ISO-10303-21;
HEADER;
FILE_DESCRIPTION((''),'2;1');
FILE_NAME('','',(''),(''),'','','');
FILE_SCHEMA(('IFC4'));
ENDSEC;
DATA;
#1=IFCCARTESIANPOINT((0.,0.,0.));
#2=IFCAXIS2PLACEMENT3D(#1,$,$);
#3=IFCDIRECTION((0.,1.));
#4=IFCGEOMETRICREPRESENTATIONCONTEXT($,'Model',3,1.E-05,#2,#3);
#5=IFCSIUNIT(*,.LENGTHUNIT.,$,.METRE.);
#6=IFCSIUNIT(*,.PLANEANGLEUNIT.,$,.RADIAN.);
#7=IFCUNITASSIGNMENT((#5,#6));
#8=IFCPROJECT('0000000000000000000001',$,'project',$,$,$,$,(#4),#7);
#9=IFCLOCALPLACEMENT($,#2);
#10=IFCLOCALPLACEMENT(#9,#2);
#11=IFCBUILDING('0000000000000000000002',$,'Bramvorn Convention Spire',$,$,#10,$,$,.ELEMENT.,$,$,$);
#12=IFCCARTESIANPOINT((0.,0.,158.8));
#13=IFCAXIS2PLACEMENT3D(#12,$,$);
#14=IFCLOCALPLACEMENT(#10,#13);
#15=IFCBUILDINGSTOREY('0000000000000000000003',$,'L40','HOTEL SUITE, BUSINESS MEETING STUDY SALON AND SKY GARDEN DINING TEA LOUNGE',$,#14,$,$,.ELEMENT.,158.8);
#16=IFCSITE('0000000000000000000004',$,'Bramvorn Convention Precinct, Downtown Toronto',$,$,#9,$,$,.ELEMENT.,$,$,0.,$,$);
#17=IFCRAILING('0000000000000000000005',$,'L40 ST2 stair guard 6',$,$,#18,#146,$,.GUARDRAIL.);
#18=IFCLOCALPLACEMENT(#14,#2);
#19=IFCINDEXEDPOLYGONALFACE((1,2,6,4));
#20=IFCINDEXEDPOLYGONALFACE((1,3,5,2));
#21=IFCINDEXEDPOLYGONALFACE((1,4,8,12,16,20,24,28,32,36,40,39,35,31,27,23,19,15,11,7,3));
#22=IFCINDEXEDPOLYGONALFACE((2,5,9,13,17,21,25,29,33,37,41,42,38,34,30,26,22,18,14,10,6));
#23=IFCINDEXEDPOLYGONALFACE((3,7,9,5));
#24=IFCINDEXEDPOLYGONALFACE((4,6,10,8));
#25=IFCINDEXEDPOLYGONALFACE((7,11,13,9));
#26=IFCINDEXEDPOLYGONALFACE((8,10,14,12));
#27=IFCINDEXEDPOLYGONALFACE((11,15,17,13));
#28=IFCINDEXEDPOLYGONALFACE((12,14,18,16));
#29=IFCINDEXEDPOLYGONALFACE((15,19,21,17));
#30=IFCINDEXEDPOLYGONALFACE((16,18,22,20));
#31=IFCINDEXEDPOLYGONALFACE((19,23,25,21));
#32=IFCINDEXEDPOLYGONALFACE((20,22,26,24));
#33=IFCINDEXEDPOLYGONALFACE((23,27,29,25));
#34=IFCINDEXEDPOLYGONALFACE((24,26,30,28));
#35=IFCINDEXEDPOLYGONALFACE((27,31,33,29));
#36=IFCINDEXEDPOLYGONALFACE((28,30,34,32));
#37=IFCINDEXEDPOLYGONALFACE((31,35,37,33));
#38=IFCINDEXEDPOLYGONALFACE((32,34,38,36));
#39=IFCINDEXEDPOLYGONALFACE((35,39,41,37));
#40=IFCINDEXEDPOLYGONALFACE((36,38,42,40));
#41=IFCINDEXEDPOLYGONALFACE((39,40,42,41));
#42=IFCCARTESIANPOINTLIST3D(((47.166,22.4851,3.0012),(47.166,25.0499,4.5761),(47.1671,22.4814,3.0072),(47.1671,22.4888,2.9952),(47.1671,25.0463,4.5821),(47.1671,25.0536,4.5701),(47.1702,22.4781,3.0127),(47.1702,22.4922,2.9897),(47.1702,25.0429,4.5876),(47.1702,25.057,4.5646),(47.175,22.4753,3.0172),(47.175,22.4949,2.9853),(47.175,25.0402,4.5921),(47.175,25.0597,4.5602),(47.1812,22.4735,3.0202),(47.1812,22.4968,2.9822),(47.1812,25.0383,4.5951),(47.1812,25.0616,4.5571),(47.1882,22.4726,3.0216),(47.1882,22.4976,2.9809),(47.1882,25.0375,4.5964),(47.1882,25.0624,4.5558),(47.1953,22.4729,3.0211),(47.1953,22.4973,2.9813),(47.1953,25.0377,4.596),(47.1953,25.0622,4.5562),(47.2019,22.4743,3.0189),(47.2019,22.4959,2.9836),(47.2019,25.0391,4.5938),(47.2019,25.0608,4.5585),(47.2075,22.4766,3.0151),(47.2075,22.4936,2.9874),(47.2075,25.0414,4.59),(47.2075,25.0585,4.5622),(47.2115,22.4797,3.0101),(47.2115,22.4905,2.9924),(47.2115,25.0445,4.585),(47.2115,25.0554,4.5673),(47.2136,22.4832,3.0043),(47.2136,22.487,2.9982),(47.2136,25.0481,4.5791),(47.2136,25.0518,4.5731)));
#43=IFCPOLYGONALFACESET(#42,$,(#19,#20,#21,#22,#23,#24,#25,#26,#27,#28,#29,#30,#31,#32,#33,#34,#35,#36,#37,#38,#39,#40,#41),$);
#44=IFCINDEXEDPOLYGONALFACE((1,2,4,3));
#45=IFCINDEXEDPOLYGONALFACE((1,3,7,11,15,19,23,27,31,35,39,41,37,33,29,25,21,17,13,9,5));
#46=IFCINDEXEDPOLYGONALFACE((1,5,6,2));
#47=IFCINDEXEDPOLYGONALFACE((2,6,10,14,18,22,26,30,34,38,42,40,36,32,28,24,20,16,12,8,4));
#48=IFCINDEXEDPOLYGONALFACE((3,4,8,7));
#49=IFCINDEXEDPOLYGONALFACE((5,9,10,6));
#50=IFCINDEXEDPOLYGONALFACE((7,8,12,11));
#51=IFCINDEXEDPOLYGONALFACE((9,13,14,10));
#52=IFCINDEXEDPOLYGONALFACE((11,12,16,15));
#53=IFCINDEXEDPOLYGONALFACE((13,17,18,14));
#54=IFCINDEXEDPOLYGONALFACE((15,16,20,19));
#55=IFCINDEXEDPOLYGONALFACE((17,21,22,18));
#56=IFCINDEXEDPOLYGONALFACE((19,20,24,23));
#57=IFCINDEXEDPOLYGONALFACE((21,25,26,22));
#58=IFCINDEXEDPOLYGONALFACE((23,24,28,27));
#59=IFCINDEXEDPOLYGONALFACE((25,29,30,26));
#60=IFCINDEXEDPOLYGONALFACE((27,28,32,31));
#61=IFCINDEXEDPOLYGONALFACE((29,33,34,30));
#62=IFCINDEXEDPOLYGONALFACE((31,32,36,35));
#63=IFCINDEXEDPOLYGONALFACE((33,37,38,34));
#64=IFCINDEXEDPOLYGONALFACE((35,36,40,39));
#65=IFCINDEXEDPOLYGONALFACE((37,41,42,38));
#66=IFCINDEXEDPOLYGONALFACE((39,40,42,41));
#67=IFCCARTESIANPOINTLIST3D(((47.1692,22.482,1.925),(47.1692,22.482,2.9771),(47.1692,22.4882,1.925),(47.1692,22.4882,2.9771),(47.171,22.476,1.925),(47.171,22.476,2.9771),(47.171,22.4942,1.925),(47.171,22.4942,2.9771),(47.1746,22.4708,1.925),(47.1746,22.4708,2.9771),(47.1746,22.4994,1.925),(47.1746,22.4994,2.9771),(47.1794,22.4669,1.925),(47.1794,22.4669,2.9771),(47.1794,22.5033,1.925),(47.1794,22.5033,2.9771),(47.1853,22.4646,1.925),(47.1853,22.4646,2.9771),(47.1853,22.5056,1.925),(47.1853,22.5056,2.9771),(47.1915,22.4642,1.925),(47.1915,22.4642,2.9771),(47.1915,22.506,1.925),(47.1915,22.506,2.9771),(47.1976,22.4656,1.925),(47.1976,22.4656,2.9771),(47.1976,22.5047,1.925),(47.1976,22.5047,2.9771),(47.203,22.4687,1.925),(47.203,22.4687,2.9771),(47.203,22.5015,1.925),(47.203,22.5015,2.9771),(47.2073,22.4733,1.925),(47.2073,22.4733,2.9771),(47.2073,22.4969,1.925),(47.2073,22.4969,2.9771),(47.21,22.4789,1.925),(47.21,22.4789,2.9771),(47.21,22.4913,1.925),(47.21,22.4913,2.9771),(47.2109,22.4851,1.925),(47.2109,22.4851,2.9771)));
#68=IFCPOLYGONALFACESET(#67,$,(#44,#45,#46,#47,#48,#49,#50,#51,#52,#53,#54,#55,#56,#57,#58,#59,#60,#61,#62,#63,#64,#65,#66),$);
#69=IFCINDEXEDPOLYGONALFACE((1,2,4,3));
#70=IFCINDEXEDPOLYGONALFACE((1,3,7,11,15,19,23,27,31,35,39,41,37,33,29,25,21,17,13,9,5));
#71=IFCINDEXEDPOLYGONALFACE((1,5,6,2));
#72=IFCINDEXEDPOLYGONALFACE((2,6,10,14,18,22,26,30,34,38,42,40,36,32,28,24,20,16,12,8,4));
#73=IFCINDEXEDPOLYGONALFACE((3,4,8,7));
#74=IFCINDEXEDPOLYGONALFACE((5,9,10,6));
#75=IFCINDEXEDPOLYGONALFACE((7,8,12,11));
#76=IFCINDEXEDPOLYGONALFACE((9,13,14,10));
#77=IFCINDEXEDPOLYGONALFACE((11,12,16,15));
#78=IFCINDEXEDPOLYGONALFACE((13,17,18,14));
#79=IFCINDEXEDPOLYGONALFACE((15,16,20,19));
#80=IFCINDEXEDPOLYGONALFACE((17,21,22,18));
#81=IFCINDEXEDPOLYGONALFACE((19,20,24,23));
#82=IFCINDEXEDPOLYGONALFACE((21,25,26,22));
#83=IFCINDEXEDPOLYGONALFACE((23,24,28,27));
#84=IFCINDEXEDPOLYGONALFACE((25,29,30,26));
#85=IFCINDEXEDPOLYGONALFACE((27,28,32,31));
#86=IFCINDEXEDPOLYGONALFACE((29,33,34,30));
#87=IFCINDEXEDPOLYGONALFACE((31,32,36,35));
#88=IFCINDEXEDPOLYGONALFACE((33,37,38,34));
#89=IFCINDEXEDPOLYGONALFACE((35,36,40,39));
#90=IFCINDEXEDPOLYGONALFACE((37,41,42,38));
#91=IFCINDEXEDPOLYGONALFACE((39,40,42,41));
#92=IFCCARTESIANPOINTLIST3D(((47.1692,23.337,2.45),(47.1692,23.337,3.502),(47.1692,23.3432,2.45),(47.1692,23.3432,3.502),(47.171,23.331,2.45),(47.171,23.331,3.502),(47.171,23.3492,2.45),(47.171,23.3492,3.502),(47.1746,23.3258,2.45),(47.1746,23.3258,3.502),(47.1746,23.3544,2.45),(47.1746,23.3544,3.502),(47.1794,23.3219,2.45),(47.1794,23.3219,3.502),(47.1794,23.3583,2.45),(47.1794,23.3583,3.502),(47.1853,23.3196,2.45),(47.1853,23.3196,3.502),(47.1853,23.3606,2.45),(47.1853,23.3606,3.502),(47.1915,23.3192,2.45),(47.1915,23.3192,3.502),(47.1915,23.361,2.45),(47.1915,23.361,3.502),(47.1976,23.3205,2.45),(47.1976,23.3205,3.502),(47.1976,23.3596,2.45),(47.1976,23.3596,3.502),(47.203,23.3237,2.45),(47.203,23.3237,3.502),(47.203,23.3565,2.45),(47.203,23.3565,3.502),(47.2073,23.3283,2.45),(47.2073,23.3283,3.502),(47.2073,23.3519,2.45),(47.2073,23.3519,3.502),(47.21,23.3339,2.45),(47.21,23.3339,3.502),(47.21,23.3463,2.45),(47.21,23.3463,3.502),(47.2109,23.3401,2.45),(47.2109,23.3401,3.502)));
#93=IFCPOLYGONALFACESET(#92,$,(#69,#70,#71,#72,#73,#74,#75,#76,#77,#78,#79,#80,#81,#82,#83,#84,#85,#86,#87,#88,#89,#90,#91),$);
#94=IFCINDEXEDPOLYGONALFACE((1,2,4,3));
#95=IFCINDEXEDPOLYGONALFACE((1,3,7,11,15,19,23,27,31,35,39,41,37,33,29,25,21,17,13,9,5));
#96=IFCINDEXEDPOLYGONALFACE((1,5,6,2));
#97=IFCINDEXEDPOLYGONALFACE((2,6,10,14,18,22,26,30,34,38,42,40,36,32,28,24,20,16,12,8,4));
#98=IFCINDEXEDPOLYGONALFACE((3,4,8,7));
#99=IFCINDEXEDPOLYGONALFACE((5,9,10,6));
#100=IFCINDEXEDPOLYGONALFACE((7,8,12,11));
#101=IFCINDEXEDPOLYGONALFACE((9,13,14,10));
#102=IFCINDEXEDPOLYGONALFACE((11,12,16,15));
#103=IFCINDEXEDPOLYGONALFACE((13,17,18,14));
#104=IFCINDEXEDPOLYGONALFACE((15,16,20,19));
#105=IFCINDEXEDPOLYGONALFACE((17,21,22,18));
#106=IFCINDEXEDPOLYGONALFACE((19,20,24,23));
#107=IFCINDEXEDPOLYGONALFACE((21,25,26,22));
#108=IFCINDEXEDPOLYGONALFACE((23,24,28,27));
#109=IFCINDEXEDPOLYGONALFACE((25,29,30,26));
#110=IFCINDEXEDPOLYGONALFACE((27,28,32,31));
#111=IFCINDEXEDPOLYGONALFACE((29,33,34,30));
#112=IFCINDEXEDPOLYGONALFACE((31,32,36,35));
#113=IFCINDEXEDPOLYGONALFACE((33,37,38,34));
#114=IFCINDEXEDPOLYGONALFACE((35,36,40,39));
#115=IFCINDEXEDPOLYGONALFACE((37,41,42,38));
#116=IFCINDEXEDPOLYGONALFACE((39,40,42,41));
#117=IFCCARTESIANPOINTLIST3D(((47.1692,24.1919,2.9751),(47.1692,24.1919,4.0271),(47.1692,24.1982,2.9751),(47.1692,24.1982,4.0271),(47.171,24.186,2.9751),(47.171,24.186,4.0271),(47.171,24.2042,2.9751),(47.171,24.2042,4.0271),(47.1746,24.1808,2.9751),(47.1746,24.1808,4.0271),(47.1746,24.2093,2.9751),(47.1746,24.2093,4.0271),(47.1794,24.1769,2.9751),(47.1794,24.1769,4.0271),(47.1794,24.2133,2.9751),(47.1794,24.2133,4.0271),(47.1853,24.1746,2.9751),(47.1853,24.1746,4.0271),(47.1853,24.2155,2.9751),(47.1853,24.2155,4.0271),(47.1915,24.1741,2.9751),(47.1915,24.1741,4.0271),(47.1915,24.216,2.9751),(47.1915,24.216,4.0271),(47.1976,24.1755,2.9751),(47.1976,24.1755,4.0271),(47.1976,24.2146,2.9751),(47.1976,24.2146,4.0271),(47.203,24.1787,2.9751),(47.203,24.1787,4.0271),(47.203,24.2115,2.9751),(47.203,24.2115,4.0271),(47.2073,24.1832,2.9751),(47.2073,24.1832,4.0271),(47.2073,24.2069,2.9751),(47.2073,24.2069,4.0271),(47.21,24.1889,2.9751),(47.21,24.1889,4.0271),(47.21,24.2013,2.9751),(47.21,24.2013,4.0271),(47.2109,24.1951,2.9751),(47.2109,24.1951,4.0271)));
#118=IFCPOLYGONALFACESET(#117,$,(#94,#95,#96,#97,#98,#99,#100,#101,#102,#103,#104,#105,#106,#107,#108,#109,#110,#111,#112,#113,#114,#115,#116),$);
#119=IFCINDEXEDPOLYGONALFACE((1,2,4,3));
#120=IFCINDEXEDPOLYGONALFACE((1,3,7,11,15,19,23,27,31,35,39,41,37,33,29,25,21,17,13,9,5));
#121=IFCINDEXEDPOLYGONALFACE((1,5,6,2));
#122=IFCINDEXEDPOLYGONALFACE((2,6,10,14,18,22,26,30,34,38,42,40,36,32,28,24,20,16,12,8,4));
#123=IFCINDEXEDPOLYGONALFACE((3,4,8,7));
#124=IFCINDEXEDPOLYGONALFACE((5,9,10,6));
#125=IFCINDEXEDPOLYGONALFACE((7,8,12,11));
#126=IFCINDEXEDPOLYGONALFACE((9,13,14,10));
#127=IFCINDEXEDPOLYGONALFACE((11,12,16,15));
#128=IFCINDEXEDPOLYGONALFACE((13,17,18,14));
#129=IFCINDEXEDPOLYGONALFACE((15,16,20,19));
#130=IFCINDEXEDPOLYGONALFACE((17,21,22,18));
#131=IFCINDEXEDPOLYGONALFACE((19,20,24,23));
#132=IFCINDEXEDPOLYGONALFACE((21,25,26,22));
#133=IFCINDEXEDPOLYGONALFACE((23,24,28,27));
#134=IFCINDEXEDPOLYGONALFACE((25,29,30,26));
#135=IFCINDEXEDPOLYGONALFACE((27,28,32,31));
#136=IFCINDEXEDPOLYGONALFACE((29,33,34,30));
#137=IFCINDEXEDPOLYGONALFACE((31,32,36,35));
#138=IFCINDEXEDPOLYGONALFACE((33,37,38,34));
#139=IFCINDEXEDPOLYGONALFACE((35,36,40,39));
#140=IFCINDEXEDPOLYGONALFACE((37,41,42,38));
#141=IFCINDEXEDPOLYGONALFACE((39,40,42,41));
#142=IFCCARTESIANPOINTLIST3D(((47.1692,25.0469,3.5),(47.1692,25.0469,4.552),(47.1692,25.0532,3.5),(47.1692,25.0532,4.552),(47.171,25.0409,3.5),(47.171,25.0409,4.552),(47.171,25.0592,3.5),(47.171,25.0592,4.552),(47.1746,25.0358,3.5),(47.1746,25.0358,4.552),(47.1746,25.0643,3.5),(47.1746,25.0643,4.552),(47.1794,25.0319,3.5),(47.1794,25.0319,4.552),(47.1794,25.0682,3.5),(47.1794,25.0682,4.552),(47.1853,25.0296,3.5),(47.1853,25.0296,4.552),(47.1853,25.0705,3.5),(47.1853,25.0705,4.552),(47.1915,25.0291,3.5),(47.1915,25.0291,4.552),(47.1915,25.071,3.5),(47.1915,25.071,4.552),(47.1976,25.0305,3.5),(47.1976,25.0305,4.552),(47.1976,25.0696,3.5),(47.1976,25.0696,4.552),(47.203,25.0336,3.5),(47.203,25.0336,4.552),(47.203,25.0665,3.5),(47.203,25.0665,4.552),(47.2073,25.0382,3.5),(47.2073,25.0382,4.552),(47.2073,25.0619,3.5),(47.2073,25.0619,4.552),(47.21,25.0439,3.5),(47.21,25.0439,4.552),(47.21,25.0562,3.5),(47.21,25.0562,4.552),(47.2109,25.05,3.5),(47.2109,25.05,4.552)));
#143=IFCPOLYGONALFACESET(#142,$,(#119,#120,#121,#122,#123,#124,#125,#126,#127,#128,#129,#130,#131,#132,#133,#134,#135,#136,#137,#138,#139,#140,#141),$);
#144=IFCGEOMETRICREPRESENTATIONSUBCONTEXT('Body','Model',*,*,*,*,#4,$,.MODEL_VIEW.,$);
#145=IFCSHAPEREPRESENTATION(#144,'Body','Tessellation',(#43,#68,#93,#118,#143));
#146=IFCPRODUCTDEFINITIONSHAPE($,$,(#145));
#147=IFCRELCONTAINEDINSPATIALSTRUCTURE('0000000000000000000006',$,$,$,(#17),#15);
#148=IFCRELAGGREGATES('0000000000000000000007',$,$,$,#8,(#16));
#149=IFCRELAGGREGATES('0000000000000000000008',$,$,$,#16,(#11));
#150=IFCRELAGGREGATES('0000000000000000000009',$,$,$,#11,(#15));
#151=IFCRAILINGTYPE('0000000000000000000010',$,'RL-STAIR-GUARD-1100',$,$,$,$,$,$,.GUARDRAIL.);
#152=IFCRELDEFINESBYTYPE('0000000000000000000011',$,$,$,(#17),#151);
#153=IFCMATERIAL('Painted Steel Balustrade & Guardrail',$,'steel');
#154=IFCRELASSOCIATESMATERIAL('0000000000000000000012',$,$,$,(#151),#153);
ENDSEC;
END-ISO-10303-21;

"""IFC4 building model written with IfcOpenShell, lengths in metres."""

from ifc_helpers import new_model, si_unit, direction, frame, origin, origin_2d, place, context, subcontext, project, spatial, circle, extrude, material, type_object, element, save


model = new_model("IFC4")

# Units and contexts
model_context = context("Model", 3, precision=1e-05, world=origin(), true_north=direction((0.0, 1.0)))
body_context = subcontext(model_context, "Body", "Model", "MODEL_VIEW")
ifc_project = project(units=[si_unit("LENGTHUNIT", "METRE"), si_unit("PLANEANGLEUNIT", "RADIAN")], contexts=[model_context])

# Site, building, storey
site_placement = place(None, origin())
site = spatial("IfcSite", under=ifc_project, at=site_placement, Name="Bramvorn Convention Precinct, Downtown Toronto", CompositionType="ELEMENT", RefElevation=0.0)
building_placement = place(site_placement, origin())
building = spatial("IfcBuilding", under=site, at=building_placement, Name="Bramvorn Convention Spire", CompositionType="ELEMENT")
storey_placement = place(building_placement, frame((0.0, 0.0, 158.8)))
storey = spatial("IfcBuildingStorey", under=building, at=storey_placement, Name="L40", Description="HOTEL SUITE, BUSINESS MEETING STUDY SALON AND SKY GARDEN DINING TEA LOUNGE", CompositionType="ELEMENT", Elevation=158.8)

# Railing
ifc_material_1 = material(Name="Painted Steel Balustrade & Guardrail", Category="steel")
railing_type_1 = type_object("IfcRailingType", Name="RL-STAIR-GUARD-1100", PredefinedType="GUARDRAIL", material=ifc_material_1)
railing_1_placement = place(storey_placement, frame((47.1899, 22.4851, 1.925)))
element("IfcRailing", 1, at=railing_1_placement, inside=storey, type_object=railing_type_1, Name="L40 ST2 stair guard 6", PredefinedType="GUARDRAIL", context=body_context, shape_type="SweptSolid", body=[
    extrude(circle(Radius=0.0239, at=origin_2d()), frame((0.0, 0.0, 1.0762), z_axis=(0.0, 0.852173, 0.52326), x_axis=(-1.0, 0.0, 0.0)), (0.0, 0.0, 1.0), 3.0098),
    extrude(circle(Radius=0.021, at=origin_2d()), origin(), (0.0, 0.0, 1.0), 1.052),
    extrude(circle(Radius=0.021, at=origin_2d()), frame((0.0, 0.855, 0.5249)), (0.0, 0.0, 1.0), 1.052),
    extrude(circle(Radius=0.021, at=origin_2d()), frame((0.0, 1.71, 1.05)), (0.0, 0.0, 1.0), 1.052),
    extrude(circle(Radius=0.021, at=origin_2d()), frame((0.0, 2.5649, 1.575)), (0.0, 0.0, 1.0), 1.052),
])

save(model, "model.ifc")
